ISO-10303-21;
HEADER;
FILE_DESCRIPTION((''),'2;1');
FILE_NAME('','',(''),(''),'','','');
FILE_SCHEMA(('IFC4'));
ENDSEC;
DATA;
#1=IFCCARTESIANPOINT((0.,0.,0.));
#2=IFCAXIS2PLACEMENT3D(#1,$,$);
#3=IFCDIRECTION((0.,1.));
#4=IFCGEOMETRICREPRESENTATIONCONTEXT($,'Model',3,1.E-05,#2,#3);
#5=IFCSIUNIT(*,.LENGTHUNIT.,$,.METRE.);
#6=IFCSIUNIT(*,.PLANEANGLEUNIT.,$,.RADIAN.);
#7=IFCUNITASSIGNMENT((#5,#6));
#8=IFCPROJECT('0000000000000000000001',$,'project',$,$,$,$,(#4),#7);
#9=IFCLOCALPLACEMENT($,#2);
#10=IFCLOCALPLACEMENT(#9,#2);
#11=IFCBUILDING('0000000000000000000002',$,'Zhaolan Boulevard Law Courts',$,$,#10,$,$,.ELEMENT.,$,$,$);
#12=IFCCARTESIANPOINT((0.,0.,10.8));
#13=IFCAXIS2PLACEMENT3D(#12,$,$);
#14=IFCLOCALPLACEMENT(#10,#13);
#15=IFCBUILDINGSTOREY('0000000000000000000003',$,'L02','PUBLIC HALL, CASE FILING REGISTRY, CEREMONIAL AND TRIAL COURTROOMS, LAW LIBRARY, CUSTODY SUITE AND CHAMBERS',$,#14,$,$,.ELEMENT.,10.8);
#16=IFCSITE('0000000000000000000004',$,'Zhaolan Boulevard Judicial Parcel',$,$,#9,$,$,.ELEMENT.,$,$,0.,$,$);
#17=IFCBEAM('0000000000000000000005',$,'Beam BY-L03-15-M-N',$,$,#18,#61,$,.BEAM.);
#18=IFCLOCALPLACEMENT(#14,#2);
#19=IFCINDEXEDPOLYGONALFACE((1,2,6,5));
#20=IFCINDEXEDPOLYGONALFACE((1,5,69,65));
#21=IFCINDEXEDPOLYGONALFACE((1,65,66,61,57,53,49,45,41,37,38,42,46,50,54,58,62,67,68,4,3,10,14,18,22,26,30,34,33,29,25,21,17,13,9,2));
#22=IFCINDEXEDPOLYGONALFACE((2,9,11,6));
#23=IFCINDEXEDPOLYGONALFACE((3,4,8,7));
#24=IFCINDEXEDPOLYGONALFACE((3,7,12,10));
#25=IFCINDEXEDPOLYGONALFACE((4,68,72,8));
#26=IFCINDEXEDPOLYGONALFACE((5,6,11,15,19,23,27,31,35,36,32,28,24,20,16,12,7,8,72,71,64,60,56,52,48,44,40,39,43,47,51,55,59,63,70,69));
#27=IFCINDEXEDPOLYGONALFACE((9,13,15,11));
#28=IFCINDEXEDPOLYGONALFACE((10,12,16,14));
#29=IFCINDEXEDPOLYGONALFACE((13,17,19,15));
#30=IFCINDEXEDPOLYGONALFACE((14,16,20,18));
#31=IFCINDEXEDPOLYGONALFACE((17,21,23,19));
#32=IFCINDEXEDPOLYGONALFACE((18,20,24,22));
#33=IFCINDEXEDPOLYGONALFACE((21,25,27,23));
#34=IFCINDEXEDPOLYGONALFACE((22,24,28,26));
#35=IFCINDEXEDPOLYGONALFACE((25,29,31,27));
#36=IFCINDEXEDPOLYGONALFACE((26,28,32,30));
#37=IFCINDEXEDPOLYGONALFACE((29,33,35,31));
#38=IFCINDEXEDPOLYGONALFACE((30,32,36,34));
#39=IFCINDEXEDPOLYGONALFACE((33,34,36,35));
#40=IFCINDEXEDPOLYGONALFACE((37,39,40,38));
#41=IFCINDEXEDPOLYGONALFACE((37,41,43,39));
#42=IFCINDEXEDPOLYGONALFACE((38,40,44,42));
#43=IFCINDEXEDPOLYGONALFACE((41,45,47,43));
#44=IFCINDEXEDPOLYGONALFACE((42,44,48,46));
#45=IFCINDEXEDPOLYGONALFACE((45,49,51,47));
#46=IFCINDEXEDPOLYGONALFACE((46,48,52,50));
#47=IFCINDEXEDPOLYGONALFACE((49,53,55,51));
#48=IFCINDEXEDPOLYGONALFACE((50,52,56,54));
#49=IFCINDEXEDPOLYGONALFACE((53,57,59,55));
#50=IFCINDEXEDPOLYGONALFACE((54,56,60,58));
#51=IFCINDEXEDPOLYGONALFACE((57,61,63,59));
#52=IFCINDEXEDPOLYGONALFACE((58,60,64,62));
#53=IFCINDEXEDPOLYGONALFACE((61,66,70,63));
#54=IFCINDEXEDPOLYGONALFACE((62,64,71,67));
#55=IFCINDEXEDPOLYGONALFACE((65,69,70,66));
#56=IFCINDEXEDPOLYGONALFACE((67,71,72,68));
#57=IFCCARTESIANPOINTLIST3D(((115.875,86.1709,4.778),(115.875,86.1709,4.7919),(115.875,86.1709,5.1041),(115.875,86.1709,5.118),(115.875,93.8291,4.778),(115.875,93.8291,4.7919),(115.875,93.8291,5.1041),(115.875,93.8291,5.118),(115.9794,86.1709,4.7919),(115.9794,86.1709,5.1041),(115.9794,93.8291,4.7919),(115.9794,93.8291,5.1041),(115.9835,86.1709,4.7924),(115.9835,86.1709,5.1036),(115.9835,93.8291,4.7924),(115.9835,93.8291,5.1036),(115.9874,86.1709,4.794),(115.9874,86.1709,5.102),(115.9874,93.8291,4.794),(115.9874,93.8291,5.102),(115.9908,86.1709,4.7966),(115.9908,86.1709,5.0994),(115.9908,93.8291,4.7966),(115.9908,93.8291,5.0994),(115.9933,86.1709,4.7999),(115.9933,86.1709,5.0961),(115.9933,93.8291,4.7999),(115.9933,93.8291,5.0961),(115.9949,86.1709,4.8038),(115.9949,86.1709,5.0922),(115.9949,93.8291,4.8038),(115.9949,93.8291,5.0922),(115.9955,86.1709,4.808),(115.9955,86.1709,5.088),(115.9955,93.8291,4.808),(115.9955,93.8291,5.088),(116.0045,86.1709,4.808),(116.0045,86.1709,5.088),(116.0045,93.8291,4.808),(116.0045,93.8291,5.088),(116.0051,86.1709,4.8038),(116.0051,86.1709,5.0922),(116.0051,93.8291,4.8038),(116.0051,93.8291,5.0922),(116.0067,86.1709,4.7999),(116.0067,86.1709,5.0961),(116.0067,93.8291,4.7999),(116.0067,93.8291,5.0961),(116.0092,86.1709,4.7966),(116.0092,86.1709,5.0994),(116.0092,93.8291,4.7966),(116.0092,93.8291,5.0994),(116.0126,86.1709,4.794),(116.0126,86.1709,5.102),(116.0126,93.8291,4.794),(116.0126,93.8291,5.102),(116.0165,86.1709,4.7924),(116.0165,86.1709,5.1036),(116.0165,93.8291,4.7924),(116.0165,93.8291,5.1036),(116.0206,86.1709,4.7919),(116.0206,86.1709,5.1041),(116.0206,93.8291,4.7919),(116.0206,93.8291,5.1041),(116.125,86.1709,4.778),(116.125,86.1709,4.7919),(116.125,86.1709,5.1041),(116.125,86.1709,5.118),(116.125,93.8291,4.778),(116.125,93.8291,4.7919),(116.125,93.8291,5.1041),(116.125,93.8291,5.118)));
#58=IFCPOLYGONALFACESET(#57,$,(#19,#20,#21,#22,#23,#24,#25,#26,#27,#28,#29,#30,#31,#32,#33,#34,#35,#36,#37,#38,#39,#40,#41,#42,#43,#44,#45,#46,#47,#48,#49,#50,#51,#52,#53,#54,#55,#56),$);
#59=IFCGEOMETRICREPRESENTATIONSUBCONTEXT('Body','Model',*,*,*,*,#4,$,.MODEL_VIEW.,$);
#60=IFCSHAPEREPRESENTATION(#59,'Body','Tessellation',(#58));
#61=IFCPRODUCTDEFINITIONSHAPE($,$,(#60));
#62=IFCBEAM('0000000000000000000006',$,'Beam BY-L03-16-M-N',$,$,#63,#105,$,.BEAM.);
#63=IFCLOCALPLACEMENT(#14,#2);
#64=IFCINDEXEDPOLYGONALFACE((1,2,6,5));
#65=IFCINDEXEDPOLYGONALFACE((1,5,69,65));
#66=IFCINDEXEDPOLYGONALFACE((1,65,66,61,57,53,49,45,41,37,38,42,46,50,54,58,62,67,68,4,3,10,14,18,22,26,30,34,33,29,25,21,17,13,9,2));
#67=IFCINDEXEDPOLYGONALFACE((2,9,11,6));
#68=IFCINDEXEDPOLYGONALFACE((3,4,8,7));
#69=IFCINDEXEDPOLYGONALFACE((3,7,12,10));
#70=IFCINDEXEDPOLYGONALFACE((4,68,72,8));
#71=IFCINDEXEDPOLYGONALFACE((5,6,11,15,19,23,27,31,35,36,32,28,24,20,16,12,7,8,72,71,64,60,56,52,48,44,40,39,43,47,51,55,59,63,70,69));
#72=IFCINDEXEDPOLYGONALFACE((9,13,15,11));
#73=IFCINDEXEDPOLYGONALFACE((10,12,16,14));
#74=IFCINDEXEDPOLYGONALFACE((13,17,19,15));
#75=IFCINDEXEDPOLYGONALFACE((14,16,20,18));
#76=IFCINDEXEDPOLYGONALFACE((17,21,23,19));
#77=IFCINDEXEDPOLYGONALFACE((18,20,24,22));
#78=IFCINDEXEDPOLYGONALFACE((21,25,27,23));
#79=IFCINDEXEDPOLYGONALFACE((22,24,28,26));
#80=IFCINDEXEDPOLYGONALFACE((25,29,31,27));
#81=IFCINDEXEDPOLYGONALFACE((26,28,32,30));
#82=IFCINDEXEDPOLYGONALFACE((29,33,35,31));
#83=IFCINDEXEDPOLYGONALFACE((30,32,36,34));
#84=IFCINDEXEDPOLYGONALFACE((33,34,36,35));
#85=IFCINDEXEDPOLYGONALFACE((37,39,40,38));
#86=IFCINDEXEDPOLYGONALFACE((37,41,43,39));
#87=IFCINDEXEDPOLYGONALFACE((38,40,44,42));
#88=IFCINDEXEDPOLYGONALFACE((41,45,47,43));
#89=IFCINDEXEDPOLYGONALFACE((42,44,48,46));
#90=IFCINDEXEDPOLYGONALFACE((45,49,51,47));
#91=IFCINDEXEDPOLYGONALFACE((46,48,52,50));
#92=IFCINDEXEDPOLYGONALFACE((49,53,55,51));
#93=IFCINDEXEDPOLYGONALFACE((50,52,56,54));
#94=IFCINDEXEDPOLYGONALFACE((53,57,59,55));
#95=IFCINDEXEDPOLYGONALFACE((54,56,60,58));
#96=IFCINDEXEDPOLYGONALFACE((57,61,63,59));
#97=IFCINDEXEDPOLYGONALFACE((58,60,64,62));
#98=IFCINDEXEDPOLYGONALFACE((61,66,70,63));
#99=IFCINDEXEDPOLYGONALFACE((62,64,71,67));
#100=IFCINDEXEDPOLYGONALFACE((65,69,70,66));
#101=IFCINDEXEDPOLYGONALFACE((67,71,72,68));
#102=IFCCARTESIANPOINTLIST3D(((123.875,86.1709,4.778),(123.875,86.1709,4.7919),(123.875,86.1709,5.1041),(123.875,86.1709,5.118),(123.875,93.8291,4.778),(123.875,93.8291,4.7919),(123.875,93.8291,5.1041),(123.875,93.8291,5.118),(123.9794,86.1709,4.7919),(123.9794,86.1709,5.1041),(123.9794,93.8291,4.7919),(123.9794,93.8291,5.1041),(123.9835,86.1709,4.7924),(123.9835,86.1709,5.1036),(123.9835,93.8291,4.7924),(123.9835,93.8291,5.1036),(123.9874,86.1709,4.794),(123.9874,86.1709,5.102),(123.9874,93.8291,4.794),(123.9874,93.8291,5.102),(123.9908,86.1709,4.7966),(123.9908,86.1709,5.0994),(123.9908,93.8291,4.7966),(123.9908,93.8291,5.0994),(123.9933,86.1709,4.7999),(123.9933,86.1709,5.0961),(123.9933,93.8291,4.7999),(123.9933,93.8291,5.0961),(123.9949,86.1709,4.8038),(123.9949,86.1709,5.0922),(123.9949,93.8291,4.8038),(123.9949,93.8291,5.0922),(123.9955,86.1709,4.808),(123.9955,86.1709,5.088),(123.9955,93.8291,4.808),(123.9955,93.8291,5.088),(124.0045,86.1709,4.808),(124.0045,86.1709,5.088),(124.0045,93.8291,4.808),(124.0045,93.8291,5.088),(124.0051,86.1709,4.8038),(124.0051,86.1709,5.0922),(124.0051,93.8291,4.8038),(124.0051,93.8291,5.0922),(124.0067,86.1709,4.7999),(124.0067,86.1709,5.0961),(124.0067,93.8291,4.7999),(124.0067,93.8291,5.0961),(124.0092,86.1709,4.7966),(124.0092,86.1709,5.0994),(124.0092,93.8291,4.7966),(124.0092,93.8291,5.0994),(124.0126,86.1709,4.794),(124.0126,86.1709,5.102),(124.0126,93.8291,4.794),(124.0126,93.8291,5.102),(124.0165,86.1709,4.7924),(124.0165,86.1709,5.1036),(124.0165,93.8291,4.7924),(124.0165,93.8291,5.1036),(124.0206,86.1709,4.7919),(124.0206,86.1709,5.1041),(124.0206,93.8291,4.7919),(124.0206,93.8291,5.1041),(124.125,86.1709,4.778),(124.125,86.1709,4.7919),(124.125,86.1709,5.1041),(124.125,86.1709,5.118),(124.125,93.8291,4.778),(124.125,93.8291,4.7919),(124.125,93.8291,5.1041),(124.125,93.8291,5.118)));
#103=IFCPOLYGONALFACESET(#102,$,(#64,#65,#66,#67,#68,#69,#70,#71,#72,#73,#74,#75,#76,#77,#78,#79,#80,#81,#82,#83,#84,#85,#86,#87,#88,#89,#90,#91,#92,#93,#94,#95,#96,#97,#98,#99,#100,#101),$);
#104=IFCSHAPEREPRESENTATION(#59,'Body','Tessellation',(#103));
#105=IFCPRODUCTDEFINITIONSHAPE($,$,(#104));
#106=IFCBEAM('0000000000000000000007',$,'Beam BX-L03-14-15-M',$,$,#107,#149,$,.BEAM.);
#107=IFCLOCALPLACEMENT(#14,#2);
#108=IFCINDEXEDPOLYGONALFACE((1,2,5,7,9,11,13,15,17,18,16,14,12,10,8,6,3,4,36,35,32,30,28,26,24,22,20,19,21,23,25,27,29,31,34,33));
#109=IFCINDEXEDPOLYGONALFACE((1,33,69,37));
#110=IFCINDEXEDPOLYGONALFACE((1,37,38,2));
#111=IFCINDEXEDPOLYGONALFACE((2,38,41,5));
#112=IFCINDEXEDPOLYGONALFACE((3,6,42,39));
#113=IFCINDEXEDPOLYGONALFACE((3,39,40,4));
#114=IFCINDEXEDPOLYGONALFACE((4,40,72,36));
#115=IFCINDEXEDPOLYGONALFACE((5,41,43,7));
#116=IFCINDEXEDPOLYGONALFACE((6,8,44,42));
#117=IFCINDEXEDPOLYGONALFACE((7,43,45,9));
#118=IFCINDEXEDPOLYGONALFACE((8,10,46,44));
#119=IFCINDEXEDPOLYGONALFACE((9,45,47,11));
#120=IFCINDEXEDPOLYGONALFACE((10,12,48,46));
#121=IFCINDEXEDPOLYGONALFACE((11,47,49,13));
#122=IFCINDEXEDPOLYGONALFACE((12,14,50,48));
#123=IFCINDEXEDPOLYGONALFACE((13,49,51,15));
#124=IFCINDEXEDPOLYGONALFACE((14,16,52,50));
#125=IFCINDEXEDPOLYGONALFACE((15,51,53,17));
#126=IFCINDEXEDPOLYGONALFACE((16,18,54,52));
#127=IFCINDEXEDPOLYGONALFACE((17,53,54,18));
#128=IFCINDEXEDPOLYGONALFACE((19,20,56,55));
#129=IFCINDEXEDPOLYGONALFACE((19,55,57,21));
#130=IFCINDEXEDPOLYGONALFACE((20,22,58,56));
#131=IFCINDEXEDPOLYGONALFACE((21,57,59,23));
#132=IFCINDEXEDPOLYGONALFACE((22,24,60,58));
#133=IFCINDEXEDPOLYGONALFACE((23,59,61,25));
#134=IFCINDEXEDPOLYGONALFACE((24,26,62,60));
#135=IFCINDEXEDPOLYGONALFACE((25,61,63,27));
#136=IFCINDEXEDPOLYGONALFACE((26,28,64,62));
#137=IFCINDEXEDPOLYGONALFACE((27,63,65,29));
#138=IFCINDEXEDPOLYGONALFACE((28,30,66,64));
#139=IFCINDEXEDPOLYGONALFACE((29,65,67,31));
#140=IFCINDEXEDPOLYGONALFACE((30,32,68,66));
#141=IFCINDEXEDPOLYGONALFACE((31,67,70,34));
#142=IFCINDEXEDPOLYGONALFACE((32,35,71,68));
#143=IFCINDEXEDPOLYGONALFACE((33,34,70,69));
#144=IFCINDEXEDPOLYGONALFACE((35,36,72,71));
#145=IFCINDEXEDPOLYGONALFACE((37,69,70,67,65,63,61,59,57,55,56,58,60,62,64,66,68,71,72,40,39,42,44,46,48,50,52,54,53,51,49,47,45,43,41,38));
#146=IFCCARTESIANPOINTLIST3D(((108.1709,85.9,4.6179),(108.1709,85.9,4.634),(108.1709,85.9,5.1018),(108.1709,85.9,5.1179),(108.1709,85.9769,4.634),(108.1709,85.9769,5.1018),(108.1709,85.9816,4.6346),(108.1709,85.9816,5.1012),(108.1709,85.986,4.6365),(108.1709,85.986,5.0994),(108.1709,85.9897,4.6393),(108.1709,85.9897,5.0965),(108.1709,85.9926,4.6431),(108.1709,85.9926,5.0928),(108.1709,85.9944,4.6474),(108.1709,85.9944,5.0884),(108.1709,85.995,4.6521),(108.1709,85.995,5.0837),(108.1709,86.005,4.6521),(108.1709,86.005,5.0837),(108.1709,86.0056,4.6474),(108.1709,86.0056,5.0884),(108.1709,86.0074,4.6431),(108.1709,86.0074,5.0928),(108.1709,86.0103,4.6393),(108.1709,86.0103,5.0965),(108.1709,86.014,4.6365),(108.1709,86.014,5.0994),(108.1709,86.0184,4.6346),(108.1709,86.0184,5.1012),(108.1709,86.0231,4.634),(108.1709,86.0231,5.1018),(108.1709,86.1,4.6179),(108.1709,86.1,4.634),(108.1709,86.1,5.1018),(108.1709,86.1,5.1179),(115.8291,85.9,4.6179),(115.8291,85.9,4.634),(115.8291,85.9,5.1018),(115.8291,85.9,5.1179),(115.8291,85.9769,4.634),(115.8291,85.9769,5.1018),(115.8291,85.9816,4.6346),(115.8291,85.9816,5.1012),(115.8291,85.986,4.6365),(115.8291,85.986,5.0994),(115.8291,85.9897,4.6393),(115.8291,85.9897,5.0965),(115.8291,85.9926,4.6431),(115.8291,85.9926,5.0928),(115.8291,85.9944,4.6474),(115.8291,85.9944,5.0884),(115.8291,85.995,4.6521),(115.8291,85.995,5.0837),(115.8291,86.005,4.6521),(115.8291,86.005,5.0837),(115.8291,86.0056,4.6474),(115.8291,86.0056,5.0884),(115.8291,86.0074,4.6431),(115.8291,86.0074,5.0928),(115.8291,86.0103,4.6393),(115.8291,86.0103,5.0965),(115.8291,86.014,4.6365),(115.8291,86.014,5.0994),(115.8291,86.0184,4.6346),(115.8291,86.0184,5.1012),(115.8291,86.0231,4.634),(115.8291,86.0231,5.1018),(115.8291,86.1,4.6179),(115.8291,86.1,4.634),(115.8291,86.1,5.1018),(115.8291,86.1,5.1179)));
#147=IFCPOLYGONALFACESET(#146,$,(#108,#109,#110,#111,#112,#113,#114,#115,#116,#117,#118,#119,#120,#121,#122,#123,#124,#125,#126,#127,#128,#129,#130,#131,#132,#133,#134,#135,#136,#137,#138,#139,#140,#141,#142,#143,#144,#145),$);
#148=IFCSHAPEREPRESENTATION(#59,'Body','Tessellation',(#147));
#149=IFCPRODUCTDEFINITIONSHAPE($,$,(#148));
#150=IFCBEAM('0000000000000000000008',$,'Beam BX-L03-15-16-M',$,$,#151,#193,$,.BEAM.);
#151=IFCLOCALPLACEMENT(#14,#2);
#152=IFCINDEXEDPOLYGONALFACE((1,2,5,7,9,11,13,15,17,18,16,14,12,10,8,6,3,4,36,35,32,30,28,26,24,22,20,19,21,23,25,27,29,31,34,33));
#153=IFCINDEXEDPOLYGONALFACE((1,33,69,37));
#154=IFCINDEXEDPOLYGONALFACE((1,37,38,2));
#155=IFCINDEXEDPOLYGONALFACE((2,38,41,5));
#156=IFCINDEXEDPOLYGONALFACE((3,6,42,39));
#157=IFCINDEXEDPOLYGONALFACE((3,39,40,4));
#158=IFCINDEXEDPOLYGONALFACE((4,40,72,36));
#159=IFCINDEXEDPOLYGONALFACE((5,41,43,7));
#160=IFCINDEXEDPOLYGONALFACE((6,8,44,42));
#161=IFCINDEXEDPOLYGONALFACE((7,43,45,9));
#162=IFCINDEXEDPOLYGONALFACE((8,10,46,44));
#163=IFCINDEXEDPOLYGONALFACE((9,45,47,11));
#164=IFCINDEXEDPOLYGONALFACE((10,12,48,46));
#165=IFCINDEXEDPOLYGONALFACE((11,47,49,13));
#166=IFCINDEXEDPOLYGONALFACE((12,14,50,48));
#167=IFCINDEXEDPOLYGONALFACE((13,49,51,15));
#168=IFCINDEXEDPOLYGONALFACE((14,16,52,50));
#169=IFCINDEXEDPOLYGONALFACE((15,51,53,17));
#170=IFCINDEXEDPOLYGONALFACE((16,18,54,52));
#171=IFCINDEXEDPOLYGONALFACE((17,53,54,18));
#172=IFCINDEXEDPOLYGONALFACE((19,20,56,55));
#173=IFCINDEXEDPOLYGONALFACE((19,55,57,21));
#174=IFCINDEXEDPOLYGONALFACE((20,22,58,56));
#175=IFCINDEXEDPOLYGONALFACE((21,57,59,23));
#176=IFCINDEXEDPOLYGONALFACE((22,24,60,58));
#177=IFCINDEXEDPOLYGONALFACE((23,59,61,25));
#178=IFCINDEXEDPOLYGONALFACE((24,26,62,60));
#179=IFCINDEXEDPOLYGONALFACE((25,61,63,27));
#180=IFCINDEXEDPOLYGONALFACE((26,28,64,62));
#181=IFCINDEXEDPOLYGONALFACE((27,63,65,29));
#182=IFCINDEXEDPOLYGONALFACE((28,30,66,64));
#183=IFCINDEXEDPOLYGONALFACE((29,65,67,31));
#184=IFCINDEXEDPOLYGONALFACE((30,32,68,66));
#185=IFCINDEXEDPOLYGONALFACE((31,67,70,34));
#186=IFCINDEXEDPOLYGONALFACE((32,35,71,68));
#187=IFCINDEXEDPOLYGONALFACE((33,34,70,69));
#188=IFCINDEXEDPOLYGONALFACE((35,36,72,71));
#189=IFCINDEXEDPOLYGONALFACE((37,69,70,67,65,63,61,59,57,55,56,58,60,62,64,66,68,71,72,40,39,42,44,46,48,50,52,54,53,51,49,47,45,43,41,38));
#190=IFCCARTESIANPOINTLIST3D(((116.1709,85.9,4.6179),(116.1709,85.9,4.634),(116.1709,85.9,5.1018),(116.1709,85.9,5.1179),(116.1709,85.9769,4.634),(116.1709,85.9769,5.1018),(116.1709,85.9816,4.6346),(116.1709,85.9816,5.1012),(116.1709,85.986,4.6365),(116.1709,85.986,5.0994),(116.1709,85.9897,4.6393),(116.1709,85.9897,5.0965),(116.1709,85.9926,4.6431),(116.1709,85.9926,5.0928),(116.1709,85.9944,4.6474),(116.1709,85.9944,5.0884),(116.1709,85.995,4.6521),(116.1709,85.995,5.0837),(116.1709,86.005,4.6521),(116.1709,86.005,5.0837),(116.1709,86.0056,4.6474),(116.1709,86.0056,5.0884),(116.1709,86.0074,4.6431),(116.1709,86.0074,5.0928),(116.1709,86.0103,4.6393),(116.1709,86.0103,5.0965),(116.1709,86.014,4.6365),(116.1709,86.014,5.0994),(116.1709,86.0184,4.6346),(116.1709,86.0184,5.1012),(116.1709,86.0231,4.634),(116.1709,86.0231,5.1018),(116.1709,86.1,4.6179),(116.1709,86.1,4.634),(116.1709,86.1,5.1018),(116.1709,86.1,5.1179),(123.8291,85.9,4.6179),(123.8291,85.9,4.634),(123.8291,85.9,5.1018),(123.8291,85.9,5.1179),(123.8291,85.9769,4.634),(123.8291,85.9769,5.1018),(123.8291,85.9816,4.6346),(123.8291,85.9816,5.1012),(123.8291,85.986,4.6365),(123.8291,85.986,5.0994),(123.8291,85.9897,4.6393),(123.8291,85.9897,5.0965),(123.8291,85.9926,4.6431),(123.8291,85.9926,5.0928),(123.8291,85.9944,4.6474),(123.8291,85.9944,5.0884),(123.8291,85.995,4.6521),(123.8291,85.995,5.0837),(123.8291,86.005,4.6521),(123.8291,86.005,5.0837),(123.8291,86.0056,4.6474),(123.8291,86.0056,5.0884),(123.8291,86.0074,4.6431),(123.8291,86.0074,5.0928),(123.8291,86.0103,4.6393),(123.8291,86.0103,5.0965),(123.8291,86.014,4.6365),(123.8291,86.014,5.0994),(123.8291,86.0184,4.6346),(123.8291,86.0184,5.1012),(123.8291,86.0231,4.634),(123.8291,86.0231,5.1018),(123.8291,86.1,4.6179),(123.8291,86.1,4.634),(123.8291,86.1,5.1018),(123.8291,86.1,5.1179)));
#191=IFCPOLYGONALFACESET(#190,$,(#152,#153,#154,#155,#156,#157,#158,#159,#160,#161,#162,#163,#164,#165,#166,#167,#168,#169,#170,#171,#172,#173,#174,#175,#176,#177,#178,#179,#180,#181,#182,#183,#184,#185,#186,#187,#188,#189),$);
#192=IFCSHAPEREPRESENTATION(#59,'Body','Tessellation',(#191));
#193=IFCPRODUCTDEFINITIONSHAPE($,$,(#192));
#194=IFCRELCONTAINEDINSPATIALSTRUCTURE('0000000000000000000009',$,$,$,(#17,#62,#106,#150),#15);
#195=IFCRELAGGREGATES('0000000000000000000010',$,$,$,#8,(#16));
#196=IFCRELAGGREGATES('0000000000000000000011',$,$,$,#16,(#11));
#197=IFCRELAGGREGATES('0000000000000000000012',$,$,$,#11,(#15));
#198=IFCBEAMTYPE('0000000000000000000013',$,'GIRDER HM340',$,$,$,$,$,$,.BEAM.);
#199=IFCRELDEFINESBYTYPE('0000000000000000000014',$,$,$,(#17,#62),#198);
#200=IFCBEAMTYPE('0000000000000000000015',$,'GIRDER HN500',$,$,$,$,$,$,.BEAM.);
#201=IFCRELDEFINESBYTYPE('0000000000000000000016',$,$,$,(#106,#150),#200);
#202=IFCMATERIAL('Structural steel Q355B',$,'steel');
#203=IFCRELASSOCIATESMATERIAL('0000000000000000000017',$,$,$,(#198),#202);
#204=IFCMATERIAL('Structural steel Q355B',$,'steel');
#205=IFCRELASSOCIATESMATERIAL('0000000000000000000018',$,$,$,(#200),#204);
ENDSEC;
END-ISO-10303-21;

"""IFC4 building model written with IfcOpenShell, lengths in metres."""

from ifc_helpers import new_model, si_unit, direction, frame, origin, origin_2d, place, context, subcontext, project, spatial, i_section, extrude, material, material_profile, profile_set, type_object, element, save


model = new_model("IFC4")

# Units and contexts
model_context = context("Model", 3, precision=1e-05, world=origin(), true_north=direction((0.0, 1.0)))
body_context = subcontext(model_context, "Body", "Model", "MODEL_VIEW")
ifc_project = project(units=[si_unit("LENGTHUNIT", "METRE"), si_unit("PLANEANGLEUNIT", "RADIAN")], contexts=[model_context])

# Site, building, storey
site_placement = place(None, origin())
site = spatial("IfcSite", under=ifc_project, at=site_placement, Name="Zhaolan Boulevard Judicial Parcel", CompositionType="ELEMENT", RefElevation=0.0)
building_placement = place(site_placement, origin())
building = spatial("IfcBuilding", under=site, at=building_placement, Name="Zhaolan Boulevard Law Courts", CompositionType="ELEMENT")
storey_placement = place(building_placement, frame((0.0, 0.0, 10.8)))
storey = spatial("IfcBuildingStorey", under=building, at=storey_placement, Name="L02", Description="PUBLIC HALL, CASE FILING REGISTRY, CEREMONIAL AND TRIAL COURTROOMS, LAW LIBRARY, CUSTODY SUITE AND CHAMBERS", CompositionType="ELEMENT", Elevation=10.8)

# Beams
ifc_material_1 = material(Name="Structural steel Q355B", Category="steel")
ifc_material_profile_1 = material_profile(ifc_material_1, i_section(OverallWidth=0.25, OverallDepth=0.3401, WebThickness=0.009, FlangeThickness=0.0139, FilletRadius=0.0161, at=origin_2d()), Name="HM340x250")
ifc_profile_set_1 = profile_set([ifc_material_profile_1], Name="Structural steel Q355B")
beam_type_1 = type_object("IfcBeamType", Name="GIRDER HM340", PredefinedType="BEAM", material=ifc_profile_set_1)
for number, where, z_axis, x_axis, name in (
    (1, (116.0, 86.1709, 4.948), (0.0, 1.0, 0.0), (-1.0, 0.0, 0.0), "Beam BY-L03-15-M-N"),
    (2, (124.0, 86.1709, 4.948), (0.0, 1.0, 0.0), (-1.0, 0.0, 0.0), "Beam BY-L03-16-M-N"),
):
    element("IfcBeam", number, at=place(storey_placement, frame(where, z_axis=z_axis, x_axis=x_axis)), inside=storey, type_object=beam_type_1, Name=name, PredefinedType="BEAM", context=body_context, shape_type="SweptSolid", body=[
        extrude(i_section(OverallWidth=0.25, OverallDepth=0.3401, WebThickness=0.009, FlangeThickness=0.0139, FilletRadius=0.0161, at=origin_2d()), origin(), (0.0, 0.0, 1.0), 7.6582),
    ])
ifc_material_2 = material(Name="Structural steel Q355B", Category="steel")
ifc_material_profile_2 = material_profile(ifc_material_2, i_section(OverallWidth=0.2, OverallDepth=0.5, WebThickness=0.01, FlangeThickness=0.0161, FilletRadius=0.0181, at=origin_2d()), Name="HN500x200")
ifc_profile_set_2 = profile_set([ifc_material_profile_2], Name="Structural steel Q355B")
beam_type_2 = type_object("IfcBeamType", Name="GIRDER HN500", PredefinedType="BEAM", material=ifc_profile_set_2)
for number, where, z_axis, x_axis, name in (
    (3, (108.1709, 86.0, 4.8679), (1.0, 0.0, 0.0), (0.0, 1.0, 0.0), "Beam BX-L03-14-15-M"),
    (4, (116.1709, 86.0, 4.8679), (1.0, 0.0, 0.0), (0.0, 1.0, 0.0), "Beam BX-L03-15-16-M"),
):
    element("IfcBeam", number, at=place(storey_placement, frame(where, z_axis=z_axis, x_axis=x_axis)), inside=storey, type_object=beam_type_2, Name=name, PredefinedType="BEAM", context=body_context, shape_type="SweptSolid", body=[
        extrude(i_section(OverallWidth=0.2, OverallDepth=0.5, WebThickness=0.01, FlangeThickness=0.0161, FilletRadius=0.0181, at=origin_2d()), origin(), (0.0, 0.0, 1.0), 7.6582),
    ])

save(model, "model.ifc")
